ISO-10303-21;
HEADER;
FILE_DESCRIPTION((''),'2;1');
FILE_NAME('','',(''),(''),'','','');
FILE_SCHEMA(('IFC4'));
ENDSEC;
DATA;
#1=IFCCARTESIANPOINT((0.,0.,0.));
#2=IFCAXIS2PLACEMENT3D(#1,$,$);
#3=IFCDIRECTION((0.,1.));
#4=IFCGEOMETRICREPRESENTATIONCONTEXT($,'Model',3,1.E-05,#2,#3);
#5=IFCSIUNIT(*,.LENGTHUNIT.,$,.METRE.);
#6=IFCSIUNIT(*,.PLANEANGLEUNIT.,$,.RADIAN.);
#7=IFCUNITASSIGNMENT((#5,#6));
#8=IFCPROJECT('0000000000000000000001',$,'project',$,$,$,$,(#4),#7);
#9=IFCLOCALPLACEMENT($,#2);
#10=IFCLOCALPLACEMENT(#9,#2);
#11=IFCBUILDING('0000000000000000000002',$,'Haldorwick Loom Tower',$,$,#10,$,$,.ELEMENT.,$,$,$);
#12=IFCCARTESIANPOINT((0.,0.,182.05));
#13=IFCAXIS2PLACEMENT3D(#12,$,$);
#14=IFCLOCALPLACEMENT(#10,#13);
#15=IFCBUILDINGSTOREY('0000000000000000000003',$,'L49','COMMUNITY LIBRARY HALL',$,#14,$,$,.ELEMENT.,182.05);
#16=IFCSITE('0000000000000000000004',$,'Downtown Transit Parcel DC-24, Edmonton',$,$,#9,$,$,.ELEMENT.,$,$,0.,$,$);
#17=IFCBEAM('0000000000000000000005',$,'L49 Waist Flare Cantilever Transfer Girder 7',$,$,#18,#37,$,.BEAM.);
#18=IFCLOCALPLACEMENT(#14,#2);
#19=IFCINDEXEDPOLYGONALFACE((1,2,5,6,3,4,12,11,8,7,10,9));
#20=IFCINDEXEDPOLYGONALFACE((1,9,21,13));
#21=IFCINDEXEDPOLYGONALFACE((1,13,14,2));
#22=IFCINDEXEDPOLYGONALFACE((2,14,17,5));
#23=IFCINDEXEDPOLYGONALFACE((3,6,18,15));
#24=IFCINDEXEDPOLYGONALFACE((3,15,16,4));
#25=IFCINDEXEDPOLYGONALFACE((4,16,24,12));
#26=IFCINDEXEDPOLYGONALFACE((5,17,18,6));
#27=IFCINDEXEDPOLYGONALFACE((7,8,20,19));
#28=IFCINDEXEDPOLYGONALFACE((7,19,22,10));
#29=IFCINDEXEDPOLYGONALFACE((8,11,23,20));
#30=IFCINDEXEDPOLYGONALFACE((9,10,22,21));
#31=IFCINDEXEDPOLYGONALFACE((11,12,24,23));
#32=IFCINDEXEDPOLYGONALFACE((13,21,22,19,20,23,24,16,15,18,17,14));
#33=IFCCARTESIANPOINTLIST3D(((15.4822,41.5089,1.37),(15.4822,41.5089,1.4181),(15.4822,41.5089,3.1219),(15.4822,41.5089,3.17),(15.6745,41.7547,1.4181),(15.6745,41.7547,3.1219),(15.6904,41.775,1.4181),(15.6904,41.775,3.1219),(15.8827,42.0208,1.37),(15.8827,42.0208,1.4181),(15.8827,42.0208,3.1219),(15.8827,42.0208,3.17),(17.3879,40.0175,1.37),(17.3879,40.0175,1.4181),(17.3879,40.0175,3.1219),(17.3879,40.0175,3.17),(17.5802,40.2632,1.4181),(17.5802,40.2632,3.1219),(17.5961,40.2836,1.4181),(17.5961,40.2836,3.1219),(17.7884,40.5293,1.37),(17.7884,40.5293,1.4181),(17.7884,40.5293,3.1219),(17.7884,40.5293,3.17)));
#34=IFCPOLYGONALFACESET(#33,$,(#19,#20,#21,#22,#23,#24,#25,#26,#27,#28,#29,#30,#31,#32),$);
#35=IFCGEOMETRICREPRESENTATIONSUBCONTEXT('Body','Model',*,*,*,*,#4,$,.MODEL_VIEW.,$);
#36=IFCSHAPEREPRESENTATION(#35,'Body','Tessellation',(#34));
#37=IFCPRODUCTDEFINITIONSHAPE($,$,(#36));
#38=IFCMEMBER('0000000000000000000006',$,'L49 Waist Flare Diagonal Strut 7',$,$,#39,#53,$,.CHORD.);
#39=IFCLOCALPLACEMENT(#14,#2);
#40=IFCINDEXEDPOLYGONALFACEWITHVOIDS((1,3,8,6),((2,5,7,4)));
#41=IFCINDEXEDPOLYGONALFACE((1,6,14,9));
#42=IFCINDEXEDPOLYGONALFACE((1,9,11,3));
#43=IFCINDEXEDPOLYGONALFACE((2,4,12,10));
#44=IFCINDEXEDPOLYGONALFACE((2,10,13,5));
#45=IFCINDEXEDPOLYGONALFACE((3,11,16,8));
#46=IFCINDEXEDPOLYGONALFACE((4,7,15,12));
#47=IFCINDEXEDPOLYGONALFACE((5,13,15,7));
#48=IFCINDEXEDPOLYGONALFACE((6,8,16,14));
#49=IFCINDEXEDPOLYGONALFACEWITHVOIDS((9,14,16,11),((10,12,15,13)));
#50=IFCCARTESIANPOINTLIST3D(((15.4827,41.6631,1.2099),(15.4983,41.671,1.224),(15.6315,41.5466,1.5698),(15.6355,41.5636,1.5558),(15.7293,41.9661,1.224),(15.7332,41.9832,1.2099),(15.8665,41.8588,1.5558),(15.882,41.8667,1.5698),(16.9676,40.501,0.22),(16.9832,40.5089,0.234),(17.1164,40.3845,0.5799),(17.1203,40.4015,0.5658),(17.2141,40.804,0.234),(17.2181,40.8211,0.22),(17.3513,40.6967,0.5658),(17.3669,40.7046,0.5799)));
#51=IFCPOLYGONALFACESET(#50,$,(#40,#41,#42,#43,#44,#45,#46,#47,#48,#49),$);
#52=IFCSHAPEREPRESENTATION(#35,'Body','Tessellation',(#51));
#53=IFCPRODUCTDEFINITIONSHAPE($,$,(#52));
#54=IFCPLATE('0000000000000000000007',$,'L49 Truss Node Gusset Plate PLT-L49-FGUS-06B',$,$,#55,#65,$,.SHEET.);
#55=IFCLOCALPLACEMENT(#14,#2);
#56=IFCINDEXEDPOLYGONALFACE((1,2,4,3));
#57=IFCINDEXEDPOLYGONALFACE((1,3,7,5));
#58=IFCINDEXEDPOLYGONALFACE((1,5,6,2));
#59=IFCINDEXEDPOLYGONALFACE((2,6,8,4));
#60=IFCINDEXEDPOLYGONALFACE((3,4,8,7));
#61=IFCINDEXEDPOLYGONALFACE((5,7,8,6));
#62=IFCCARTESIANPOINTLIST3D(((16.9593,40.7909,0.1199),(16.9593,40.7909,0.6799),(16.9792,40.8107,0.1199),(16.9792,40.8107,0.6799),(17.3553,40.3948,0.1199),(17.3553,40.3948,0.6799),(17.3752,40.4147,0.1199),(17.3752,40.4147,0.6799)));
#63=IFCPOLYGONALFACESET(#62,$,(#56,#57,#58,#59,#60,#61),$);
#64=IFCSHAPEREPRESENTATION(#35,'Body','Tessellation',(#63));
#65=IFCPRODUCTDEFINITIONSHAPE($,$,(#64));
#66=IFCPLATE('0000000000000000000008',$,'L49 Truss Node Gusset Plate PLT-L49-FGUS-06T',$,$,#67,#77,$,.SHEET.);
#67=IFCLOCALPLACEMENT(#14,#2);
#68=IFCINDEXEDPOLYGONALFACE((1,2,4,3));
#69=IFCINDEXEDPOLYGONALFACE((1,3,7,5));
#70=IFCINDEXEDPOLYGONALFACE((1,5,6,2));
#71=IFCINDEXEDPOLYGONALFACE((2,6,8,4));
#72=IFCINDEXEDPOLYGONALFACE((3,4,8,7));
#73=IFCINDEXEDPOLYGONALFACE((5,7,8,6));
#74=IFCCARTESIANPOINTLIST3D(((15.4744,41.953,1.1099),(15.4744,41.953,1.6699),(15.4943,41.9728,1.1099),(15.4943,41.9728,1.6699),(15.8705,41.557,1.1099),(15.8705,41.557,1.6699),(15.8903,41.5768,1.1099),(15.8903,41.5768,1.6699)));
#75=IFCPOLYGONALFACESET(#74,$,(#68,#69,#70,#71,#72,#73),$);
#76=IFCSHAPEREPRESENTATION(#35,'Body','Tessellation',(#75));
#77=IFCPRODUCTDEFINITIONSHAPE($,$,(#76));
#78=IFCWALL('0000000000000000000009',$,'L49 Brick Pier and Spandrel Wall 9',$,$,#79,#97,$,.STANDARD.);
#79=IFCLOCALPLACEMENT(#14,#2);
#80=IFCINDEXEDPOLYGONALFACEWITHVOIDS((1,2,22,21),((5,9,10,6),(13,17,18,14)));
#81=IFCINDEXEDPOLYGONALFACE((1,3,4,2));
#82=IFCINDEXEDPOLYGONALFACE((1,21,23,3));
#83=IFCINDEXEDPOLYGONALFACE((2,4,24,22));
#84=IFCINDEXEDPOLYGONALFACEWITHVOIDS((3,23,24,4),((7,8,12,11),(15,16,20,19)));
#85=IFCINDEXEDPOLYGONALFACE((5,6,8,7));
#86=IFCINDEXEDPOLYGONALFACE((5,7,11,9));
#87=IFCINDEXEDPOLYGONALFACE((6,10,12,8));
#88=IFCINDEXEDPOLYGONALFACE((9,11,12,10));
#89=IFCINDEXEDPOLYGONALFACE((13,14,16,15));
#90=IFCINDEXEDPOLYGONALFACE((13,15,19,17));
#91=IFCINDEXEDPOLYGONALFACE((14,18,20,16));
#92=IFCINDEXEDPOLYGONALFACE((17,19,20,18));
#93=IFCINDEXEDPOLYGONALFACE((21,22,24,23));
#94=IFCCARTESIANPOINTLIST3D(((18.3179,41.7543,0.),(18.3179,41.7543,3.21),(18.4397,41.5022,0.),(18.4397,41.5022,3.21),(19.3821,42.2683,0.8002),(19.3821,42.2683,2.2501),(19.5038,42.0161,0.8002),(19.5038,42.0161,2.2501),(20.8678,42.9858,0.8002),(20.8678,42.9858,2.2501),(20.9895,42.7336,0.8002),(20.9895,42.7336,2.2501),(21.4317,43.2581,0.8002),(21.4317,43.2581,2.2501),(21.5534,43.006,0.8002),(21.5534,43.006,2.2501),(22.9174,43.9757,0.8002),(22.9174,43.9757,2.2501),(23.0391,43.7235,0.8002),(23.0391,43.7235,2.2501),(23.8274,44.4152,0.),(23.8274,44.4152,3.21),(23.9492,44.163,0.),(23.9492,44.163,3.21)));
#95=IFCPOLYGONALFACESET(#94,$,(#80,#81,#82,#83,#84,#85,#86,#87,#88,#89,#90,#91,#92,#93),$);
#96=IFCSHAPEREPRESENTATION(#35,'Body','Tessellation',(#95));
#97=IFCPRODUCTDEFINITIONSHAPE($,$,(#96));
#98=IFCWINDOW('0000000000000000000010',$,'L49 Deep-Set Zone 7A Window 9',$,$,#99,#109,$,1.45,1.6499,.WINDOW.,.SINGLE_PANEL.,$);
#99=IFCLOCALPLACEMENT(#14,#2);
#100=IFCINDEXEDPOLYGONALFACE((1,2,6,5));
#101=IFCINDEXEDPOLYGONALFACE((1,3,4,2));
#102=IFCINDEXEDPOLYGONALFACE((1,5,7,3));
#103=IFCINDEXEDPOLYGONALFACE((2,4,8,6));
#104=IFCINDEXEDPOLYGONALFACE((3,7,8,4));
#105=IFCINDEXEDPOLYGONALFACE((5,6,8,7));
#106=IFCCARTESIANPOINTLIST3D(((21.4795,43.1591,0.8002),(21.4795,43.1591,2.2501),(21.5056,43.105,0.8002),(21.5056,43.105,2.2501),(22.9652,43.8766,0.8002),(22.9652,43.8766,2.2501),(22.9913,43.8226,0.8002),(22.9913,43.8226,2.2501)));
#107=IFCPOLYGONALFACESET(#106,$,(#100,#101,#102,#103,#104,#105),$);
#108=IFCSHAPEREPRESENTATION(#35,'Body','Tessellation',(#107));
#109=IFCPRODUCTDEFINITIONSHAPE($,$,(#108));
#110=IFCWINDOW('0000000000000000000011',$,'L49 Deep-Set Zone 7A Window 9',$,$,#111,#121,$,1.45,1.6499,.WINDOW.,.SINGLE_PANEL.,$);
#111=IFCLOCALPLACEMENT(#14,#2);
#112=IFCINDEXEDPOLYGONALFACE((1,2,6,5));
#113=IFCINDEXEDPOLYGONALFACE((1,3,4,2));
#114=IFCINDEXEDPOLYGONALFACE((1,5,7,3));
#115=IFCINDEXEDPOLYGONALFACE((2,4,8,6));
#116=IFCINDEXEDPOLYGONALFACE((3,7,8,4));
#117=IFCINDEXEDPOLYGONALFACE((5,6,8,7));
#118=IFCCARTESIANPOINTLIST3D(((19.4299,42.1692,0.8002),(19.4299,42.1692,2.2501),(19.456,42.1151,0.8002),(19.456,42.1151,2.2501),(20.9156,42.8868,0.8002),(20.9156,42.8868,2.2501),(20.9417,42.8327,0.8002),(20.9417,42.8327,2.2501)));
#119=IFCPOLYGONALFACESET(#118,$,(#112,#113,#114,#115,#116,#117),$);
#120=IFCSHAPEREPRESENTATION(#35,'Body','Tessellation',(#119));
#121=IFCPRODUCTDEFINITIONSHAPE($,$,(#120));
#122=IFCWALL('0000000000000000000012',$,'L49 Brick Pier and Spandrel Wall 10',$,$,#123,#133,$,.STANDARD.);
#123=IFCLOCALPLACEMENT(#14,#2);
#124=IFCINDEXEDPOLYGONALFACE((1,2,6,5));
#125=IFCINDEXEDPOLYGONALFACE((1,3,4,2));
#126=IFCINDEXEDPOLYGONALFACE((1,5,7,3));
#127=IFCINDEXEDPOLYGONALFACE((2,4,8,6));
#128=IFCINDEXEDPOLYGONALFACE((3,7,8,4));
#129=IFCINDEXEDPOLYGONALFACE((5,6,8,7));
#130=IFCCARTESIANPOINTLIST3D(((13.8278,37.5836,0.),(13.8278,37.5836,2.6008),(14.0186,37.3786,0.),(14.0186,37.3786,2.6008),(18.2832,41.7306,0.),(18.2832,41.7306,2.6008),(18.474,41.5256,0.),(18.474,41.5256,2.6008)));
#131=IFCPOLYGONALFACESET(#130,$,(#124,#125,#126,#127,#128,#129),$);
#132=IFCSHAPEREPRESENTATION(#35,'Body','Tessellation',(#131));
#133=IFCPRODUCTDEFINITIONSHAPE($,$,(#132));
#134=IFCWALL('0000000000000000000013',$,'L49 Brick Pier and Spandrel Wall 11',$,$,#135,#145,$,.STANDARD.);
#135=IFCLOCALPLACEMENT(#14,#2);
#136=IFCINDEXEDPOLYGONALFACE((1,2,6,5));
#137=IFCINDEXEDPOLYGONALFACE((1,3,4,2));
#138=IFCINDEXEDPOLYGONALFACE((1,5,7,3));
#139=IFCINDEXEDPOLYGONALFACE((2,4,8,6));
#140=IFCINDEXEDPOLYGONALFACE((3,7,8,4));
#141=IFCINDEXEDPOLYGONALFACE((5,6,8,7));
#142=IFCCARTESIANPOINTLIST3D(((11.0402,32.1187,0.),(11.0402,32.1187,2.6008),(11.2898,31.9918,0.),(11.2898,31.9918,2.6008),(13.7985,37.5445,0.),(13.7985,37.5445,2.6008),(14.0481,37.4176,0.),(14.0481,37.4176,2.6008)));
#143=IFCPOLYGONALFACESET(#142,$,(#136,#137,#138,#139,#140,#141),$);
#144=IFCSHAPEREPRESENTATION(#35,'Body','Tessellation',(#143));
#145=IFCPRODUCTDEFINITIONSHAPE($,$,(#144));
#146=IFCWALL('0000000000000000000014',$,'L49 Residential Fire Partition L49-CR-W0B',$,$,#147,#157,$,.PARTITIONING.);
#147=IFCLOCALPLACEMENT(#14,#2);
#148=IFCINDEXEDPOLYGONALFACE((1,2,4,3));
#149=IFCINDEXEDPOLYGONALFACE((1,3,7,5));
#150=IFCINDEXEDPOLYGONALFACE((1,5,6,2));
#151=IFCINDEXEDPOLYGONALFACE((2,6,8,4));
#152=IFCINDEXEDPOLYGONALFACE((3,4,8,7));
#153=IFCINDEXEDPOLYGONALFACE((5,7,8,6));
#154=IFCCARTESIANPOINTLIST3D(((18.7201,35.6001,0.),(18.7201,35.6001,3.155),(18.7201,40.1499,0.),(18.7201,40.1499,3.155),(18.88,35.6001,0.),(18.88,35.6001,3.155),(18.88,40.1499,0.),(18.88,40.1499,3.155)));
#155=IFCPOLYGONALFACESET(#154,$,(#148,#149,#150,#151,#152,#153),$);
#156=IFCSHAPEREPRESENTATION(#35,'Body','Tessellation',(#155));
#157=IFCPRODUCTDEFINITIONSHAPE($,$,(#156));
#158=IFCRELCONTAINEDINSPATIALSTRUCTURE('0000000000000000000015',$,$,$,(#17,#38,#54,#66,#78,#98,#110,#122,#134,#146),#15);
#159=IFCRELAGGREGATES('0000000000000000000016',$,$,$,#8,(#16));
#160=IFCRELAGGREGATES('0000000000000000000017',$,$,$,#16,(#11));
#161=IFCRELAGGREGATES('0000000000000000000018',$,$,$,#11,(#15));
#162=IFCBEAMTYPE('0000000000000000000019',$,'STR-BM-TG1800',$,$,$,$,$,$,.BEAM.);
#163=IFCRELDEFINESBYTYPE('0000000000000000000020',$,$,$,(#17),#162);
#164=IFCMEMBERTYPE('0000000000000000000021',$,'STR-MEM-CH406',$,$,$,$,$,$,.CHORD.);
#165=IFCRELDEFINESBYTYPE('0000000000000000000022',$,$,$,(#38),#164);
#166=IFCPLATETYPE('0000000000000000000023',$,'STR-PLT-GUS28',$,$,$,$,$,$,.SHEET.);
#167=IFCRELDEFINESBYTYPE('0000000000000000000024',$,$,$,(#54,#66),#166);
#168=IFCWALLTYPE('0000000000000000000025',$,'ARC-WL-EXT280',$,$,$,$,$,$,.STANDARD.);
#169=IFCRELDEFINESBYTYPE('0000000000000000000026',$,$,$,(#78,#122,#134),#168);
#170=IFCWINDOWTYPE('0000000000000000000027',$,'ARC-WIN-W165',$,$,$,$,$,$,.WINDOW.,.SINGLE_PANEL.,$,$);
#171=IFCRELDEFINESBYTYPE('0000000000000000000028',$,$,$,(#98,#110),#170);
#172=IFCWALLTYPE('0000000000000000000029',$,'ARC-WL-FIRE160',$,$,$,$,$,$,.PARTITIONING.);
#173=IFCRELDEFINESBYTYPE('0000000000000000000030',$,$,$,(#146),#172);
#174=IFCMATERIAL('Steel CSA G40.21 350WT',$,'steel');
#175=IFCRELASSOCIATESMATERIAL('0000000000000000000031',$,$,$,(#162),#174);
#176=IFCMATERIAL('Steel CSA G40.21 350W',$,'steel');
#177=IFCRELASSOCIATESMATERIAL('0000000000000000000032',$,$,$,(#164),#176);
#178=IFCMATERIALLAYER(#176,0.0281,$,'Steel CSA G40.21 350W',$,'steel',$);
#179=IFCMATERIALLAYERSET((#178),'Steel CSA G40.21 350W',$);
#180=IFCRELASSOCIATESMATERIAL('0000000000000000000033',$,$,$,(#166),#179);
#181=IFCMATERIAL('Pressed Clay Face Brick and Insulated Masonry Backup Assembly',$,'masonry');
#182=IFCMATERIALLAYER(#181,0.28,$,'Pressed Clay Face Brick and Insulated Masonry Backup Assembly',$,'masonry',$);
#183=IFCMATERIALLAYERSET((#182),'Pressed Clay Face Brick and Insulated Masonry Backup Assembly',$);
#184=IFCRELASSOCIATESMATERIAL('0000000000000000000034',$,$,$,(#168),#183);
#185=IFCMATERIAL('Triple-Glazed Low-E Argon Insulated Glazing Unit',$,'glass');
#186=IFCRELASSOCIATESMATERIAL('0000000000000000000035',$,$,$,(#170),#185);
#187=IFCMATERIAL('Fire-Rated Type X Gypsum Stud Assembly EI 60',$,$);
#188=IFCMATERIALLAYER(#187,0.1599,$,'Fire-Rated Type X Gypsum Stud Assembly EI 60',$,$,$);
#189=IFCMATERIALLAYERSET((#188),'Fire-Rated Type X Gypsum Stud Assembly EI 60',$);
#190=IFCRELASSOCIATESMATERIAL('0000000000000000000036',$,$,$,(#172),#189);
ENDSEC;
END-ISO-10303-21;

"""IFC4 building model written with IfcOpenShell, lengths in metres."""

from ifc_helpers import new_model, si_unit, direction, frame, frame_2d, origin, origin_2d, place, context, subcontext, project, spatial, rectangle, hollow_rectangle, i_section, extrude, material, layer, layer_set, material_profile, profile_set, type_object, element, fill, save


model = new_model("IFC4")

# Units and contexts
model_context = context("Model", 3, precision=1e-05, world=origin(), true_north=direction((0.0, 1.0)))
body_context = subcontext(model_context, "Body", "Model", "MODEL_VIEW")
ifc_project = project(units=[si_unit("LENGTHUNIT", "METRE"), si_unit("PLANEANGLEUNIT", "RADIAN")], contexts=[model_context])

# Site, building, storey
site_placement = place(None, origin())
site = spatial("IfcSite", under=ifc_project, at=site_placement, Name="Downtown Transit Parcel DC-24, Edmonton", CompositionType="ELEMENT", RefElevation=0.0)
building_placement = place(site_placement, origin())
building = spatial("IfcBuilding", under=site, at=building_placement, Name="Haldorwick Loom Tower", CompositionType="ELEMENT")
storey_placement = place(building_placement, frame((0.0, 0.0, 182.05)))
storey = spatial("IfcBuildingStorey", under=building, at=storey_placement, Name="L49", Description="COMMUNITY LIBRARY HALL", CompositionType="ELEMENT", Elevation=182.05)

# Shared definitions
ifc_material_1 = material(Name="Steel CSA G40.21 350W", Category="steel")
ifc_material_2 = material(Name="Steel CSA G40.21 350WT", Category="steel")

# Beam
ifc_material_profile_1 = material_profile(ifc_material_2, i_section(OverallWidth=0.6499, OverallDepth=1.8, WebThickness=0.0259, FlangeThickness=0.0481, at=origin_2d()), Name="WWF1800X650", Category="steel")
ifc_profile_set_1 = profile_set([ifc_material_profile_1], Name="Steel CSA G40.21 350WT")
beam_type_1 = type_object("IfcBeamType", Name="STR-BM-TG1800", PredefinedType="BEAM", material=ifc_profile_set_1)
beam_1_placement = place(storey_placement, frame((17.5881, 40.2734, 2.27), z_axis=(-0.787507, 0.616306, 0.0), x_axis=(-0.616306, -0.787507, 0.0)))
element("IfcBeam", 1, at=beam_1_placement, inside=storey, type_object=beam_type_1, Name="L49 Waist Flare Cantilever Transfer Girder 7", PredefinedType="BEAM", context=body_context, shape_type="SweptSolid", body=[
    extrude(i_section(OverallWidth=0.6499, OverallDepth=1.8, WebThickness=0.0259, FlangeThickness=0.0481, at=origin_2d()), origin(), (0.0, 0.0, 1.0), 2.4199),
])

# Member
ifc_material_profile_2 = material_profile(ifc_material_1, hollow_rectangle(XDim=0.4065, YDim=0.4065, WallThickness=0.0159, at=origin_2d()), Name="HSS406X406X16", Category="steel")
ifc_profile_set_2 = profile_set([ifc_material_profile_2], Name="Steel CSA G40.21 350W")
member_type = type_object("IfcMemberType", Name="STR-MEM-CH406", PredefinedType="CHORD", material=ifc_profile_set_2)
member_placement = place(storey_placement, frame((17.1672, 40.6028, 0.3999), z_axis=(-0.697234, 0.545682, 0.464861), x_axis=(-0.616322, -0.787494, 0.0)))
element("IfcMember", 2, at=member_placement, inside=storey, type_object=member_type, Name="L49 Waist Flare Diagonal Strut 7", PredefinedType="CHORD", context=body_context, shape_type="SweptSolid", body=[
    extrude(hollow_rectangle(XDim=0.4065, YDim=0.4065, WallThickness=0.0159, at=origin_2d()), origin(), (0.0, 0.0, 1.0), 2.1296),
])

# Plates
ifc_layer_1 = layer(ifc_material_1, 0.0281, Name="Steel CSA G40.21 350W", Category="steel")
ifc_layer_set_1 = layer_set([ifc_layer_1], Name="Steel CSA G40.21 350W")
plate_type = type_object("IfcPlateType", Name="STR-PLT-GUS28", PredefinedType="SHEET", material=ifc_layer_set_1)
for number, where, z_axis, x_axis, name in (
    (3, (17.1672, 40.6028, 0.1199), (0.0, 0.0, 1.0), (-0.707107, 0.707107, 0.0), "L49 Truss Node Gusset Plate PLT-L49-FGUS-06B"),
    (4, (15.6824, 41.7649, 1.1099), (0.0, 0.0, 1.0), (-0.707107, 0.707107, 0.0), "L49 Truss Node Gusset Plate PLT-L49-FGUS-06T"),
):
    element("IfcPlate", number, at=place(storey_placement, frame(where, z_axis=z_axis, x_axis=x_axis)), inside=storey, type_object=plate_type, Name=name, PredefinedType="SHEET", context=body_context, shape_type="SweptSolid", body=[
        extrude(rectangle(XDim=0.5601, YDim=0.0281, at=origin_2d()), origin(), (0.0, 0.0, 1.0), 0.5601),
    ])

# Wall, openings, windows
ifc_material_3 = material(Name="Pressed Clay Face Brick and Insulated Masonry Backup Assembly", Category="masonry")
ifc_layer_2 = layer(ifc_material_3, 0.28, Name="Pressed Clay Face Brick and Insulated Masonry Backup Assembly", Category="masonry")
ifc_layer_set_2 = layer_set([ifc_layer_2], Name="Pressed Clay Face Brick and Insulated Masonry Backup Assembly")
wall_type_1 = type_object("IfcWallType", Name="ARC-WL-EXT280", PredefinedType="STANDARD", material=ifc_layer_set_2)
wall_1_placement = place(storey_placement, frame((23.8882, 44.2891, 0.0), z_axis=(0.0, 0.0, 1.0), x_axis=(-0.90048, -0.434897, 0.0)))
wall_1 = element("IfcWall", 5, at=wall_1_placement, inside=storey, type_object=wall_type_1, Name="L49 Brick Pier and Spandrel Wall 9", PredefinedType="STANDARD", context=body_context, shape_type="SweptSolid", body=[
    extrude(rectangle(XDim=6.1184, YDim=0.28, at=frame_2d((3.0591, 0.0))), origin(), (0.0, 0.0, 1.0), 3.21),
])
opening_1_placement = place(wall_1_placement, frame((1.0105, 0.0, 0.8)))
opening_1 = element("IfcOpeningElement", 6, at=opening_1_placement, cuts=wall_1, PredefinedType="OPENING", context=body_context, shape_type="SweptSolid", body=[
    extrude(rectangle(XDim=1.6499, YDim=1.45, at=frame_2d((0.825, 0.7251))), frame((0.0, 0.1499, 0.0), z_axis=(0.0, -1.0, 0.0), x_axis=(1.0, 0.0, 0.0)), (0.0, 0.0, 1.0), 0.3),
])
opening_2_placement = place(wall_1_placement, frame((3.2866, 0.0, 0.8)))
opening_2 = element("IfcOpeningElement", 7, at=opening_2_placement, cuts=wall_1, PredefinedType="OPENING", context=body_context, shape_type="SweptSolid", body=[
    extrude(rectangle(XDim=1.6499, YDim=1.45, at=frame_2d((0.825, 0.7251))), frame((0.0, 0.1499, 0.0), z_axis=(0.0, -1.0, 0.0), x_axis=(1.0, 0.0, 0.0)), (0.0, 0.0, 1.0), 0.3),
])
ifc_material_4 = material(Name="Triple-Glazed Low-E Argon Insulated Glazing Unit", Category="glass")
window_type = type_object("IfcWindowType", Name="ARC-WIN-W165", PartitioningType="SINGLE_PANEL", PredefinedType="WINDOW", material=ifc_material_4)
window_1_placement = place(opening_1_placement, origin())
window_1 = element("IfcWindow", 8, at=window_1_placement, inside=storey, type_object=window_type, Name="L49 Deep-Set Zone 7A Window 9", OverallHeight=1.45, OverallWidth=1.6499, PartitioningType="SINGLE_PANEL", PredefinedType="WINDOW", context=body_context, shape_type="SweptSolid", body=[
    extrude(rectangle(XDim=1.6499, YDim=1.45, at=frame_2d((0.825, 0.7251))), frame((0.0, 0.03, 0.0), z_axis=(0.0, -1.0, 0.0), x_axis=(1.0, 0.0, 0.0)), (0.0, 0.0, 1.0), 0.0601),
])
fill(opening_1, window_1)
window_2_placement = place(opening_2_placement, origin())
window_2 = element("IfcWindow", 9, at=window_2_placement, inside=storey, type_object=window_type, Name="L49 Deep-Set Zone 7A Window 9", OverallHeight=1.45, OverallWidth=1.6499, PartitioningType="SINGLE_PANEL", PredefinedType="WINDOW", context=body_context, shape_type="SweptSolid", body=[
    extrude(rectangle(XDim=1.6499, YDim=1.45, at=frame_2d((0.825, 0.7251))), frame((0.0, 0.03, 0.0), z_axis=(0.0, -1.0, 0.0), x_axis=(1.0, 0.0, 0.0)), (0.0, 0.0, 1.0), 0.0601),
])
fill(opening_2, window_2)

# Walls
for number, where, z_axis, x_axis, name in (
    (10, (18.3787, 41.6282, 0.0), (0.0, 0.0, 1.0), (-0.731983, -0.681323, 0.0), "L49 Brick Pier and Spandrel Wall 10"),
    (11, (13.9233, 37.4812, 0.0), (0.0, 0.0, 1.0), (-0.453172, -0.891423, 0.0), "L49 Brick Pier and Spandrel Wall 11"),
):
    element("IfcWall", number, at=place(storey_placement, frame(where, z_axis=z_axis, x_axis=x_axis)), inside=storey, type_object=wall_type_1, Name=name, PredefinedType="STANDARD", context=body_context, shape_type="SweptSolid", body=[
        extrude(rectangle(XDim=6.0867, YDim=0.28, at=frame_2d((3.0435, 0.0))), origin(), (0.0, 0.0, 1.0), 2.6008),
    ])
ifc_material_5 = material(Name="Fire-Rated Type X Gypsum Stud Assembly EI 60")
ifc_layer_3 = layer(ifc_material_5, 0.1599, Name="Fire-Rated Type X Gypsum Stud Assembly EI 60")
ifc_layer_set_3 = layer_set([ifc_layer_3], Name="Fire-Rated Type X Gypsum Stud Assembly EI 60")
wall_type_2 = type_object("IfcWallType", Name="ARC-WL-FIRE160", PredefinedType="PARTITIONING", material=ifc_layer_set_3)
wall_2_placement = place(storey_placement, frame((18.8, 35.6001, 0.0), z_axis=(0.0, 0.0, 1.0), x_axis=(0.0, 1.0, 0.0)))
element("IfcWall", 12, at=wall_2_placement, inside=storey, type_object=wall_type_2, Name="L49 Residential Fire Partition L49-CR-W0B", PredefinedType="PARTITIONING", context=body_context, shape_type="SweptSolid", body=[
    extrude(rectangle(XDim=4.5498, YDim=0.1599, at=frame_2d((2.2749, 0.0))), origin(), (0.0, 0.0, 1.0), 3.155),
])

save(model, "model.ifc")
